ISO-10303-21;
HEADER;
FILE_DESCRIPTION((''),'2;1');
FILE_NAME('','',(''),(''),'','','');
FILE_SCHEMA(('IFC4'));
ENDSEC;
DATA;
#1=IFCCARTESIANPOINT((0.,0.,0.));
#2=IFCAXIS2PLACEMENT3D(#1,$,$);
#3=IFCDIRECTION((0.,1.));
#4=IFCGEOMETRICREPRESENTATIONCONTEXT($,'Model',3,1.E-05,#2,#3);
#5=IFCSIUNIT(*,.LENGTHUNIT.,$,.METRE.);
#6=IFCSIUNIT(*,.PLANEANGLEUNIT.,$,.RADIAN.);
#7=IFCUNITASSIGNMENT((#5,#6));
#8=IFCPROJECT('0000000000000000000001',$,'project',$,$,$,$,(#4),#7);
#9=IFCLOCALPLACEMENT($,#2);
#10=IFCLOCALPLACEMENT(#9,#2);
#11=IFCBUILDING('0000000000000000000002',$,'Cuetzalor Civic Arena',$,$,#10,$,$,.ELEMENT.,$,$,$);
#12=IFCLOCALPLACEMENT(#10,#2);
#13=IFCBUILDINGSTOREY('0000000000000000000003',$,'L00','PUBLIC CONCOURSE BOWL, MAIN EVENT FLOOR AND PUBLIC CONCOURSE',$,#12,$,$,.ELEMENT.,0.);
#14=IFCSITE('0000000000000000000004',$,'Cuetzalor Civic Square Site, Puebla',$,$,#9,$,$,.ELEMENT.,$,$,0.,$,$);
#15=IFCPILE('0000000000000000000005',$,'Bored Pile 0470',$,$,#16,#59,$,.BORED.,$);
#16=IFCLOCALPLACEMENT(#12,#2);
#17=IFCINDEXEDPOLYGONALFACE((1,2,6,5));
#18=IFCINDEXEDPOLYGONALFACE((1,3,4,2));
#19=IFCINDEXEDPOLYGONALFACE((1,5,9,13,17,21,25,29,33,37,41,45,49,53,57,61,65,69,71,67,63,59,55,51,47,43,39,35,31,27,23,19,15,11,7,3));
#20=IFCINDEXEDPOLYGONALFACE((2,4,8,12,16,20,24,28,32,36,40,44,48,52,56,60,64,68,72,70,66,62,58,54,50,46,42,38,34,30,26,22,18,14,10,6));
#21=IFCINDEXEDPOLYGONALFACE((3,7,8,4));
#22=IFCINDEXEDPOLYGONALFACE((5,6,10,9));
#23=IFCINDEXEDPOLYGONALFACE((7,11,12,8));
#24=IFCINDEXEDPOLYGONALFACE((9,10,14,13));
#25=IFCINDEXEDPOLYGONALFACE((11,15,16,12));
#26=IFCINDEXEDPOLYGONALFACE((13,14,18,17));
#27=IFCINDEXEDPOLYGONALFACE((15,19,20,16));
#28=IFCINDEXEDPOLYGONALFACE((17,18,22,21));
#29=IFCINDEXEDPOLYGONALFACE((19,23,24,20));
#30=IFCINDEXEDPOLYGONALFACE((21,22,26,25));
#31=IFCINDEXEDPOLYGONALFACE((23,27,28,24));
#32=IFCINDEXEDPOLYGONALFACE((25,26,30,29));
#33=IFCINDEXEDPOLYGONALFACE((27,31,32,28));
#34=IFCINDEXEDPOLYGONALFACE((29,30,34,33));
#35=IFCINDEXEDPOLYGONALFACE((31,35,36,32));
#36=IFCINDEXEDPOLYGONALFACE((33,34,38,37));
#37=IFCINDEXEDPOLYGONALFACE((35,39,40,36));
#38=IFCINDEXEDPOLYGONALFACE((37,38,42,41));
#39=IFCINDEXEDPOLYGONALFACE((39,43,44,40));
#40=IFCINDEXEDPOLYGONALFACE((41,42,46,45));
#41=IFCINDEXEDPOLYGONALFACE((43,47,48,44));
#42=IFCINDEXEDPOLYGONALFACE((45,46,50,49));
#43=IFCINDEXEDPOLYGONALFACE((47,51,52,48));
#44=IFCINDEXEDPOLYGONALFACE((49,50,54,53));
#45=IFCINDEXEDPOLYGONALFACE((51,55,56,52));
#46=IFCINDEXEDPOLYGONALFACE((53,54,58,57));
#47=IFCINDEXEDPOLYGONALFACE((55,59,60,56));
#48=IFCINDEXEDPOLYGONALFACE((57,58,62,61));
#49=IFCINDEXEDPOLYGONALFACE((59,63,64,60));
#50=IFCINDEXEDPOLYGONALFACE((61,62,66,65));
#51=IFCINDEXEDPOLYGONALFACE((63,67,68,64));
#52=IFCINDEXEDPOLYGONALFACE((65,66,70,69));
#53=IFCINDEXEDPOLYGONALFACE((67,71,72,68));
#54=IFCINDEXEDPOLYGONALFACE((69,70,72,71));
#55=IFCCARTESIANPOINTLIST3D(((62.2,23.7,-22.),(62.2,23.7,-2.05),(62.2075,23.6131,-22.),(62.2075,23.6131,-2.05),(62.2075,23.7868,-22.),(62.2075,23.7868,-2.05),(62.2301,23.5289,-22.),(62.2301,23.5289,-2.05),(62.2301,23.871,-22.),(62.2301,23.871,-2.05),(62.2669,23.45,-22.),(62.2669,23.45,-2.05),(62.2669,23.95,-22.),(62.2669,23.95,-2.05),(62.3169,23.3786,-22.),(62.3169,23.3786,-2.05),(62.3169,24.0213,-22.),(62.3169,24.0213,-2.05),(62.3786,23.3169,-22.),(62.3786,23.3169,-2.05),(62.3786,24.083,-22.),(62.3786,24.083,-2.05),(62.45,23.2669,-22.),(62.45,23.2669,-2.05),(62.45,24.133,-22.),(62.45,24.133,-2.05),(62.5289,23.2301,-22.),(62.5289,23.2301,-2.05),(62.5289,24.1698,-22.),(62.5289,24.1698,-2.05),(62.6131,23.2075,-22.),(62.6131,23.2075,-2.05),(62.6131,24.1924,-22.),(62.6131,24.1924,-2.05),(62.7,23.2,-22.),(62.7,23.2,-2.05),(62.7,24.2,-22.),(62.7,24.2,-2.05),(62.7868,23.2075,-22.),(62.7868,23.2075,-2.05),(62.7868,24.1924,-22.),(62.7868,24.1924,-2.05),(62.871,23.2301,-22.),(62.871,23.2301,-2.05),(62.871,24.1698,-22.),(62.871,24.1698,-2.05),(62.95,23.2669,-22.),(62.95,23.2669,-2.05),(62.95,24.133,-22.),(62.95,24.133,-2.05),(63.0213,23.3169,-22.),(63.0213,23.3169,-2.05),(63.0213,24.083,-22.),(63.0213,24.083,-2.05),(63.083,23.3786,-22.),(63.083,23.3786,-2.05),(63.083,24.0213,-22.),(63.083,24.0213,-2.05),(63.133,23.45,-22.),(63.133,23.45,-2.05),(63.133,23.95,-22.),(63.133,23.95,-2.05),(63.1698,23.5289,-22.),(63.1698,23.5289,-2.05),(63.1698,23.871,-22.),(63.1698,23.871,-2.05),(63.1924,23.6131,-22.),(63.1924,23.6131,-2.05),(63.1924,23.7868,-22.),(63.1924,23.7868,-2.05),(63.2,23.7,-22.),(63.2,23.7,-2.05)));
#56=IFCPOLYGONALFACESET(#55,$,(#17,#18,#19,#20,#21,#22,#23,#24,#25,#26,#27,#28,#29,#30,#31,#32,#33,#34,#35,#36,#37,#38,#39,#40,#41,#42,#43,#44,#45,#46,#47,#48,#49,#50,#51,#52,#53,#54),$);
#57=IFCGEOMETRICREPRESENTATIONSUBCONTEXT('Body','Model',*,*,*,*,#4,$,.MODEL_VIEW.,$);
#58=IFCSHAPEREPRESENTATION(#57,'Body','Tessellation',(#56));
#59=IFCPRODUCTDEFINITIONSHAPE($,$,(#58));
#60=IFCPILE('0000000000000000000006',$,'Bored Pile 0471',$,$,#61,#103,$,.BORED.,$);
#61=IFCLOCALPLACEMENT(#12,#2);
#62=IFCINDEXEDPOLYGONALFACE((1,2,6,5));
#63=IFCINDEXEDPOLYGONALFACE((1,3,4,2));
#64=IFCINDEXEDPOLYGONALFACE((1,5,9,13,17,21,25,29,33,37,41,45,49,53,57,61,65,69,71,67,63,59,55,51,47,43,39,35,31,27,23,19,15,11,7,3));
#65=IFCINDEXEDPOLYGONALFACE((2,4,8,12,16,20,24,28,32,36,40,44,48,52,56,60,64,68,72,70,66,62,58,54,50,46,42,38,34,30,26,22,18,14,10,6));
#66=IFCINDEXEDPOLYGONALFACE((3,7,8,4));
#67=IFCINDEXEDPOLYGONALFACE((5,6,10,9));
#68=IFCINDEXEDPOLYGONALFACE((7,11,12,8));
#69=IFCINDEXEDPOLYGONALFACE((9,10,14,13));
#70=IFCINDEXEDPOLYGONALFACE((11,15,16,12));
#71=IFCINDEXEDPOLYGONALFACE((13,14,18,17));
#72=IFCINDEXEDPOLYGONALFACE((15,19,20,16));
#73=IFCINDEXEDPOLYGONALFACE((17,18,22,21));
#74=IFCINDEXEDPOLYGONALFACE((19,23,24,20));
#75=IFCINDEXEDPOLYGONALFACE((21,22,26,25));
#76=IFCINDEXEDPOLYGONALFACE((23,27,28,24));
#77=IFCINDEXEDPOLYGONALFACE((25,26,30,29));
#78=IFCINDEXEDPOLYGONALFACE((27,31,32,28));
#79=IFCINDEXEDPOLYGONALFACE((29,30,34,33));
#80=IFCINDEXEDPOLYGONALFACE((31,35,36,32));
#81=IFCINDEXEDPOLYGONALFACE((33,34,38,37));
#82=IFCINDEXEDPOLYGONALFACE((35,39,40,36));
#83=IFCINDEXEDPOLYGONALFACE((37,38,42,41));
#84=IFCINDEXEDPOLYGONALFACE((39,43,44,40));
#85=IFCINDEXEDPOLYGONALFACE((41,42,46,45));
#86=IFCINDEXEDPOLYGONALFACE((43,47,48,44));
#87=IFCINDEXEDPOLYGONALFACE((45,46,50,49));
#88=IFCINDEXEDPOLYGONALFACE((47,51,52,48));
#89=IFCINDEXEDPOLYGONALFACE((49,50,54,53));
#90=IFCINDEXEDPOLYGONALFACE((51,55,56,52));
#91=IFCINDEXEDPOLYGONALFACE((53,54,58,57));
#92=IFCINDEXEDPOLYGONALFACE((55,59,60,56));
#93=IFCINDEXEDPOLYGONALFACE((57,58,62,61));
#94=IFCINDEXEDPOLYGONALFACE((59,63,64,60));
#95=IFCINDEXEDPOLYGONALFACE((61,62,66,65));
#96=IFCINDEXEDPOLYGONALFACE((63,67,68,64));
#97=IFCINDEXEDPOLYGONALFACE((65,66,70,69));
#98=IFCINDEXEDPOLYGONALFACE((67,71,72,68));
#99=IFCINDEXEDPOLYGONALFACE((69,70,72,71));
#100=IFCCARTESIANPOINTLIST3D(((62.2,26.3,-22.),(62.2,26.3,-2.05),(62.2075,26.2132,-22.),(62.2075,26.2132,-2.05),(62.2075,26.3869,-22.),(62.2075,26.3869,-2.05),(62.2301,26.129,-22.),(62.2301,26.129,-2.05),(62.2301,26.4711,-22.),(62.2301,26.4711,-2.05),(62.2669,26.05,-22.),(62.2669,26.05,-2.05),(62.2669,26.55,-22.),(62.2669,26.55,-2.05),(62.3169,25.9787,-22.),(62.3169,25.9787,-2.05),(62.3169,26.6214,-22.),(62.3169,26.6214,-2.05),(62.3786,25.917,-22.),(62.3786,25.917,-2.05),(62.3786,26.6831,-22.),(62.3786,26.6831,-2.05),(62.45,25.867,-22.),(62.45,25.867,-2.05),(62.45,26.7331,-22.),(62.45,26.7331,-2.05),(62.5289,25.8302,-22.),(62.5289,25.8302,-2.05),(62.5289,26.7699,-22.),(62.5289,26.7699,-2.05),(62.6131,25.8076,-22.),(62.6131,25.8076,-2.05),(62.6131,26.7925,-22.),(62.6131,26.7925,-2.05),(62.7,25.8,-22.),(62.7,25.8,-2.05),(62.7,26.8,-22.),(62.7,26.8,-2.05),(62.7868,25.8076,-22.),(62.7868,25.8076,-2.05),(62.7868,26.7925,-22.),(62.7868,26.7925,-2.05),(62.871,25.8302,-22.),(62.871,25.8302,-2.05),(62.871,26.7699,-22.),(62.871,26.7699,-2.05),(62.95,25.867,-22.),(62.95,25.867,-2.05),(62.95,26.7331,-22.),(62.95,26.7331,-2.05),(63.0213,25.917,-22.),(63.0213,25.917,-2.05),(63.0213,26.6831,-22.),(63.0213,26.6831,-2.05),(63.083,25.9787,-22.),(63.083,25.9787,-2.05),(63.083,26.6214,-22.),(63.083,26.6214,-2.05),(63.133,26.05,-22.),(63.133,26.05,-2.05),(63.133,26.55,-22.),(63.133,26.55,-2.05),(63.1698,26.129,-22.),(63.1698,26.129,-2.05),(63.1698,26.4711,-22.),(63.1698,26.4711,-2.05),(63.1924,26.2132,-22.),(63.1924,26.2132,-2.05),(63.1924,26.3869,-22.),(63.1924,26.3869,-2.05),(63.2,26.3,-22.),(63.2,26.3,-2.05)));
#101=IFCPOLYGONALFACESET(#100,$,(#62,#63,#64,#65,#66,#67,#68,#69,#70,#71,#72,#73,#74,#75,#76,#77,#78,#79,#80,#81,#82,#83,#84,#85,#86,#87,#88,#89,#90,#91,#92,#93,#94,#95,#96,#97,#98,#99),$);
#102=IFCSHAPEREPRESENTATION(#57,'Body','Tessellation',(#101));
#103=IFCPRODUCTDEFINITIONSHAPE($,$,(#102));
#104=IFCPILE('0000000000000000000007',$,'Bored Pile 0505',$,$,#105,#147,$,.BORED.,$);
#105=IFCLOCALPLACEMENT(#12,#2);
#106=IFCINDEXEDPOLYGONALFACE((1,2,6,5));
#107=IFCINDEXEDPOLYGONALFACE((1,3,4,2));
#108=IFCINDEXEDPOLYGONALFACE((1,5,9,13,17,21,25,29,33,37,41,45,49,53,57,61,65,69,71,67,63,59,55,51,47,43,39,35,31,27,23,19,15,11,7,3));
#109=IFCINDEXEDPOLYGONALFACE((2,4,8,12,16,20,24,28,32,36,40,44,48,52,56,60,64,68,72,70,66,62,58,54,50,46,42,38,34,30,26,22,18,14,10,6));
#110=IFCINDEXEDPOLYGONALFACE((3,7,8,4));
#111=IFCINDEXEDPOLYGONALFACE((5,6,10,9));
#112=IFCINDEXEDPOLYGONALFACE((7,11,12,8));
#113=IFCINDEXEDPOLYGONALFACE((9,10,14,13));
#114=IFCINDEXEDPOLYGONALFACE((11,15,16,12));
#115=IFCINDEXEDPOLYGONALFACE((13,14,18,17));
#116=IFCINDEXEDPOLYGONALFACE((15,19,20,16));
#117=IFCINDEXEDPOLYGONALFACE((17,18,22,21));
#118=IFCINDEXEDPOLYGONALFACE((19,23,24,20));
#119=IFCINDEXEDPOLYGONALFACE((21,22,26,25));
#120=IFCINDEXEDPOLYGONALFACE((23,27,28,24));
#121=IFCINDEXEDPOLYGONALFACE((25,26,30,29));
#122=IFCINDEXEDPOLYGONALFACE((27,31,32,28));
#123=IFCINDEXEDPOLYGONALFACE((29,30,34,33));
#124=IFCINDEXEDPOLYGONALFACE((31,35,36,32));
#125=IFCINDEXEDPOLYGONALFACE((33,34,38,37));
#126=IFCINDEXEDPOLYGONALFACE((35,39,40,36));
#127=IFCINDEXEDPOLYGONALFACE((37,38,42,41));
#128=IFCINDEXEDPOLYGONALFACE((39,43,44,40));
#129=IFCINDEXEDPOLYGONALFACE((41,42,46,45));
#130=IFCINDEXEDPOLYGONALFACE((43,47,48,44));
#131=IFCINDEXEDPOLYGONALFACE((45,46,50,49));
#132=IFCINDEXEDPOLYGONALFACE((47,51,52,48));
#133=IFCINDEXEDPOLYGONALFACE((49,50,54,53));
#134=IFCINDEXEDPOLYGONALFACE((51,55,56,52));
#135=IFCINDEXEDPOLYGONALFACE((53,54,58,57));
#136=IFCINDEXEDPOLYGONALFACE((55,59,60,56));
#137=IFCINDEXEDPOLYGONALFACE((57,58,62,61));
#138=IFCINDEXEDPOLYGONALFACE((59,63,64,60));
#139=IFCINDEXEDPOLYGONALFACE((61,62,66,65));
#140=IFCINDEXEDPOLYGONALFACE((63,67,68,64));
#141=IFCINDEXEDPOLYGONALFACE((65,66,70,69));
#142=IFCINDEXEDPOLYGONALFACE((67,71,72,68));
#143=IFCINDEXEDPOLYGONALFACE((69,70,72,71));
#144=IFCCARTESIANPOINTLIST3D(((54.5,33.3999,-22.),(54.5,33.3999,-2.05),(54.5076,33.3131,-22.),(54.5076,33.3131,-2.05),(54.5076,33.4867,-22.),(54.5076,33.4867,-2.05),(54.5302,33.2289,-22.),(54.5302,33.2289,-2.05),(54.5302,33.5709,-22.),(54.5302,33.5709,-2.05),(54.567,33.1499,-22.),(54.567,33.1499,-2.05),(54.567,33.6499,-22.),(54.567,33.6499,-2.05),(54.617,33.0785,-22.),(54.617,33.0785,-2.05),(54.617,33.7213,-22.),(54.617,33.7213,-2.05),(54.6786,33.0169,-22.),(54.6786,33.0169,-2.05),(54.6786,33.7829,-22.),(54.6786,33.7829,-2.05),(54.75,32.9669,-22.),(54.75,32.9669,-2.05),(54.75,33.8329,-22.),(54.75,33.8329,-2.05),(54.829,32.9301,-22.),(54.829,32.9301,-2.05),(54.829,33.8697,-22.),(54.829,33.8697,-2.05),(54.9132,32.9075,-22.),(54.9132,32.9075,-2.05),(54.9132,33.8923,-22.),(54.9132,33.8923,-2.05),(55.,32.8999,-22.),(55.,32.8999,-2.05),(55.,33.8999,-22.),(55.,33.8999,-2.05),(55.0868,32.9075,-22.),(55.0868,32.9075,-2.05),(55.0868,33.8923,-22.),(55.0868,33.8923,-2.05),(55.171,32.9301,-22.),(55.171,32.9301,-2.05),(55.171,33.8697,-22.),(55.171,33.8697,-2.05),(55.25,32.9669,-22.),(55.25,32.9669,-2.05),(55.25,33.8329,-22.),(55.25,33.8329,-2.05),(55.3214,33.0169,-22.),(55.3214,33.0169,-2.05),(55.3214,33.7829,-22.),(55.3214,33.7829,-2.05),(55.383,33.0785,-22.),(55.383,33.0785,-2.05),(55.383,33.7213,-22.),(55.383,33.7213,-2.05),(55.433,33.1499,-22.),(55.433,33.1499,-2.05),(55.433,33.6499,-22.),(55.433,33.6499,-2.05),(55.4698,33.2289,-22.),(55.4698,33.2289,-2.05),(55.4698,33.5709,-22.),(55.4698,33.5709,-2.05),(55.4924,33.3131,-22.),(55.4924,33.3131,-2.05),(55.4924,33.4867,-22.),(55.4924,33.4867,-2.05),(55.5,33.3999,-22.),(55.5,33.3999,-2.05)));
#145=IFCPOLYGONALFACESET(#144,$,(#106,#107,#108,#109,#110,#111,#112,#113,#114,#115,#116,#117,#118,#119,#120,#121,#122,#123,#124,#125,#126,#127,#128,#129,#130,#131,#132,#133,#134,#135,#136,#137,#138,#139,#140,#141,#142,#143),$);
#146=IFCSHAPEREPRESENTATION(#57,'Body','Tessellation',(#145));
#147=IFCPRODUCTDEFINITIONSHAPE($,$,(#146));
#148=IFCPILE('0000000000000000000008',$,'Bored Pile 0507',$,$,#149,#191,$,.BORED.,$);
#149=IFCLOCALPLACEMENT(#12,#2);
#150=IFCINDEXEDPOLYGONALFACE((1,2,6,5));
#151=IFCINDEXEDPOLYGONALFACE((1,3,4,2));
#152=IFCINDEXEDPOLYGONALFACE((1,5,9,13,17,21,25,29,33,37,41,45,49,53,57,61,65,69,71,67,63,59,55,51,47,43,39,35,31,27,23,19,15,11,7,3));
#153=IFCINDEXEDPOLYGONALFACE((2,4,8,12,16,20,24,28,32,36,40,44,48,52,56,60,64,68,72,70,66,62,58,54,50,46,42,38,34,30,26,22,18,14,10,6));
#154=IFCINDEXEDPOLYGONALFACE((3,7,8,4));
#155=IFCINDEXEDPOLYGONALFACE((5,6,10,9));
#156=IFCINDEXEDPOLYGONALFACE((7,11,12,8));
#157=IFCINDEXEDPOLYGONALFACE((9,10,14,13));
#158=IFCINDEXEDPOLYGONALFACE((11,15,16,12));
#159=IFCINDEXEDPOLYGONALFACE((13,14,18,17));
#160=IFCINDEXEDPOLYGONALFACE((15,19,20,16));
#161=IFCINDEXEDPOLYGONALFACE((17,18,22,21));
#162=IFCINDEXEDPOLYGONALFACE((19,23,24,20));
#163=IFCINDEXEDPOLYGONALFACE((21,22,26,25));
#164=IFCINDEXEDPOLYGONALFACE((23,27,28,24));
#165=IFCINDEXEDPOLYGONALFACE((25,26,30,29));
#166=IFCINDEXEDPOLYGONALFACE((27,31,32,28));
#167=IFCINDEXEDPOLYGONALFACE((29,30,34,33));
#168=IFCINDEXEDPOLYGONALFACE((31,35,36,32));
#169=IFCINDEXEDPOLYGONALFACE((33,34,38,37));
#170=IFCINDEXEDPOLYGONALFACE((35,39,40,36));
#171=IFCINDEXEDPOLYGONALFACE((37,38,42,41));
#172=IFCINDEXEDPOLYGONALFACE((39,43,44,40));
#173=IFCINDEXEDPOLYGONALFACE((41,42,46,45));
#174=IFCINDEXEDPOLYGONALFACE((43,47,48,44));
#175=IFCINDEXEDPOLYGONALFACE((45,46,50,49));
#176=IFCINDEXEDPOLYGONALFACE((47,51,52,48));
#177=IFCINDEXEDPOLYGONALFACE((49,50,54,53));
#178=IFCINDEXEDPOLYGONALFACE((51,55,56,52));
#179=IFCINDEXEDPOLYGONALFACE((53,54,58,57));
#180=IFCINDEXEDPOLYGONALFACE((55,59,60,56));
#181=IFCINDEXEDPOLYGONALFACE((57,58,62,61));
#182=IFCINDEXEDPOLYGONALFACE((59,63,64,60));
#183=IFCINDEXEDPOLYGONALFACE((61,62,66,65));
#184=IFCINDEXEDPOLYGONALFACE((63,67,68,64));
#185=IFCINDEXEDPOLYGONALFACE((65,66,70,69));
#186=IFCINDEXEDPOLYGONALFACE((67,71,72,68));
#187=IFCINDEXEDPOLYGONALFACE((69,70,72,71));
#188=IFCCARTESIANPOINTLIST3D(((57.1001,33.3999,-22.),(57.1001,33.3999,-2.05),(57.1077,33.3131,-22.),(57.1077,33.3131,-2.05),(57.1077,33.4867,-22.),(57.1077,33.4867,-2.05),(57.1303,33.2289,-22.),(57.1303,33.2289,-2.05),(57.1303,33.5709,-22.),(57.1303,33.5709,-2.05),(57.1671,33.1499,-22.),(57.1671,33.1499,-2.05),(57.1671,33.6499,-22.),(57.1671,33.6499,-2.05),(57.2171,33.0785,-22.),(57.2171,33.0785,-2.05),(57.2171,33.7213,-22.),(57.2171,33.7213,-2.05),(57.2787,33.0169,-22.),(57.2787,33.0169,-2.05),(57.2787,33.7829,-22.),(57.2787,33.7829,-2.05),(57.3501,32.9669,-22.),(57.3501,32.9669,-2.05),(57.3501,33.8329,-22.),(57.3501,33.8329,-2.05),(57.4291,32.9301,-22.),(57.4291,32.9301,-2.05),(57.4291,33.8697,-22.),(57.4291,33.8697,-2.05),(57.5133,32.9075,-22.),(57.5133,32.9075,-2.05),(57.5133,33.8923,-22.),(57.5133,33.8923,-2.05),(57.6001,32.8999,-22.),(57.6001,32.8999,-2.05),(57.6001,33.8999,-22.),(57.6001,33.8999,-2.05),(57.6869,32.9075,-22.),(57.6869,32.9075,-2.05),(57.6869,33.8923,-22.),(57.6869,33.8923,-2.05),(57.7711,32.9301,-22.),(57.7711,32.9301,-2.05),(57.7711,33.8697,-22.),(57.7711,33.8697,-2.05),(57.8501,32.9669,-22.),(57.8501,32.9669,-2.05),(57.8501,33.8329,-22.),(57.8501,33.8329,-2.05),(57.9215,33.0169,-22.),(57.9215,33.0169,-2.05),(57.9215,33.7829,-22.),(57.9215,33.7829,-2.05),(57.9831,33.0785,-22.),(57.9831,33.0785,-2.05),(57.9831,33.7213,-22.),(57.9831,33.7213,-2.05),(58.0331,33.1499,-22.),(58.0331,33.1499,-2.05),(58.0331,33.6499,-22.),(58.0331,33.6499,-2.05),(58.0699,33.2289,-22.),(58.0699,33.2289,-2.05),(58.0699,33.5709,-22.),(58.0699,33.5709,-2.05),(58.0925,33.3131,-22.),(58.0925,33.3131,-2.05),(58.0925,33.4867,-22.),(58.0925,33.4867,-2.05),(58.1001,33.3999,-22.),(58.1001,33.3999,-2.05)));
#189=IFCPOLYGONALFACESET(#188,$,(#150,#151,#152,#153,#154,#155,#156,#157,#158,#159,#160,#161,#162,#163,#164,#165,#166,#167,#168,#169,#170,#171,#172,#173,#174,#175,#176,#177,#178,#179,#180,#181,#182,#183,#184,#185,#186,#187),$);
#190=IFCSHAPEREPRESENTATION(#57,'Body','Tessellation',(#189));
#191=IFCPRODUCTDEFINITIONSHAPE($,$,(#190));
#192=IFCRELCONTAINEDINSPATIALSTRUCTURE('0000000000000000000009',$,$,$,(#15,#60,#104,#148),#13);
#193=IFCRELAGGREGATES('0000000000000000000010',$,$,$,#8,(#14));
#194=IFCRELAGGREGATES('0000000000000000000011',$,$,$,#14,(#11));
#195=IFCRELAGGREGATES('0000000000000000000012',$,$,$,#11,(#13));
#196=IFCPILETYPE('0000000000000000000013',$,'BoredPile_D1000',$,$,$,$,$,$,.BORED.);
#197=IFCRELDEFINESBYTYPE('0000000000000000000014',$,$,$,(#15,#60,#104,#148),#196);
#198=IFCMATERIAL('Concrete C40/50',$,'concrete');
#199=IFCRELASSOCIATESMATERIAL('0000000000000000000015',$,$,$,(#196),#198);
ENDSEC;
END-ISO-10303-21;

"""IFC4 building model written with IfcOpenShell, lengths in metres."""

from ifc_helpers import new_model, si_unit, direction, frame, origin, origin_2d, place, context, subcontext, project, spatial, circle, extrude, material, material_profile, profile_set, type_object, element, save


model = new_model("IFC4")

# Units and contexts
model_context = context("Model", 3, precision=1e-05, world=origin(), true_north=direction((0.0, 1.0)))
body_context = subcontext(model_context, "Body", "Model", "MODEL_VIEW")
ifc_project = project(units=[si_unit("LENGTHUNIT", "METRE"), si_unit("PLANEANGLEUNIT", "RADIAN")], contexts=[model_context])

# Site, building, storey
site_placement = place(None, origin())
site = spatial("IfcSite", under=ifc_project, at=site_placement, Name="Cuetzalor Civic Square Site, Puebla", CompositionType="ELEMENT", RefElevation=0.0)
building_placement = place(site_placement, origin())
building = spatial("IfcBuilding", under=site, at=building_placement, Name="Cuetzalor Civic Arena", CompositionType="ELEMENT")
storey_placement = place(building_placement, origin())
storey = spatial("IfcBuildingStorey", under=building, at=storey_placement, Name="L00", Description="PUBLIC CONCOURSE BOWL, MAIN EVENT FLOOR AND PUBLIC CONCOURSE", CompositionType="ELEMENT", Elevation=0.0)

# Piles
ifc_material_1 = material(Name="Concrete C40/50", Category="concrete")
ifc_material_profile_1 = material_profile(ifc_material_1, circle(Radius=0.5, at=origin_2d()), Name="BORED PILE D1000")
ifc_profile_set_1 = profile_set([ifc_material_profile_1], Name="Concrete C40/50")
pile_type_1 = type_object("IfcPileType", Name="BoredPile_D1000", PredefinedType="BORED", material=ifc_profile_set_1)
for number, where, z_axis, x_axis, name in (
    (1, (62.7, 23.7, -2.05), (0.0, 0.0, -1.0), (1.0, 0.0, 0.0), "Bored Pile 0470"),
    (2, (62.7, 26.3, -2.05), (0.0, 0.0, -1.0), (1.0, 0.0, 0.0), "Bored Pile 0471"),
    (3, (55.0, 33.3999, -2.05), (0.0, 0.0, -1.0), (1.0, 0.0, 0.0), "Bored Pile 0505"),
    (4, (57.6001, 33.3999, -2.05), (0.0, 0.0, -1.0), (1.0, 0.0, 0.0), "Bored Pile 0507"),
):
    element("IfcPile", number, at=place(storey_placement, frame(where, z_axis=z_axis, x_axis=x_axis)), inside=storey, type_object=pile_type_1, Name=name, PredefinedType="BORED", context=body_context, shape_type="SweptSolid", body=[
        extrude(circle(Radius=0.5, at=origin_2d()), origin(), (0.0, 0.0, 1.0), 19.95),
    ])

save(model, "model.ifc")
